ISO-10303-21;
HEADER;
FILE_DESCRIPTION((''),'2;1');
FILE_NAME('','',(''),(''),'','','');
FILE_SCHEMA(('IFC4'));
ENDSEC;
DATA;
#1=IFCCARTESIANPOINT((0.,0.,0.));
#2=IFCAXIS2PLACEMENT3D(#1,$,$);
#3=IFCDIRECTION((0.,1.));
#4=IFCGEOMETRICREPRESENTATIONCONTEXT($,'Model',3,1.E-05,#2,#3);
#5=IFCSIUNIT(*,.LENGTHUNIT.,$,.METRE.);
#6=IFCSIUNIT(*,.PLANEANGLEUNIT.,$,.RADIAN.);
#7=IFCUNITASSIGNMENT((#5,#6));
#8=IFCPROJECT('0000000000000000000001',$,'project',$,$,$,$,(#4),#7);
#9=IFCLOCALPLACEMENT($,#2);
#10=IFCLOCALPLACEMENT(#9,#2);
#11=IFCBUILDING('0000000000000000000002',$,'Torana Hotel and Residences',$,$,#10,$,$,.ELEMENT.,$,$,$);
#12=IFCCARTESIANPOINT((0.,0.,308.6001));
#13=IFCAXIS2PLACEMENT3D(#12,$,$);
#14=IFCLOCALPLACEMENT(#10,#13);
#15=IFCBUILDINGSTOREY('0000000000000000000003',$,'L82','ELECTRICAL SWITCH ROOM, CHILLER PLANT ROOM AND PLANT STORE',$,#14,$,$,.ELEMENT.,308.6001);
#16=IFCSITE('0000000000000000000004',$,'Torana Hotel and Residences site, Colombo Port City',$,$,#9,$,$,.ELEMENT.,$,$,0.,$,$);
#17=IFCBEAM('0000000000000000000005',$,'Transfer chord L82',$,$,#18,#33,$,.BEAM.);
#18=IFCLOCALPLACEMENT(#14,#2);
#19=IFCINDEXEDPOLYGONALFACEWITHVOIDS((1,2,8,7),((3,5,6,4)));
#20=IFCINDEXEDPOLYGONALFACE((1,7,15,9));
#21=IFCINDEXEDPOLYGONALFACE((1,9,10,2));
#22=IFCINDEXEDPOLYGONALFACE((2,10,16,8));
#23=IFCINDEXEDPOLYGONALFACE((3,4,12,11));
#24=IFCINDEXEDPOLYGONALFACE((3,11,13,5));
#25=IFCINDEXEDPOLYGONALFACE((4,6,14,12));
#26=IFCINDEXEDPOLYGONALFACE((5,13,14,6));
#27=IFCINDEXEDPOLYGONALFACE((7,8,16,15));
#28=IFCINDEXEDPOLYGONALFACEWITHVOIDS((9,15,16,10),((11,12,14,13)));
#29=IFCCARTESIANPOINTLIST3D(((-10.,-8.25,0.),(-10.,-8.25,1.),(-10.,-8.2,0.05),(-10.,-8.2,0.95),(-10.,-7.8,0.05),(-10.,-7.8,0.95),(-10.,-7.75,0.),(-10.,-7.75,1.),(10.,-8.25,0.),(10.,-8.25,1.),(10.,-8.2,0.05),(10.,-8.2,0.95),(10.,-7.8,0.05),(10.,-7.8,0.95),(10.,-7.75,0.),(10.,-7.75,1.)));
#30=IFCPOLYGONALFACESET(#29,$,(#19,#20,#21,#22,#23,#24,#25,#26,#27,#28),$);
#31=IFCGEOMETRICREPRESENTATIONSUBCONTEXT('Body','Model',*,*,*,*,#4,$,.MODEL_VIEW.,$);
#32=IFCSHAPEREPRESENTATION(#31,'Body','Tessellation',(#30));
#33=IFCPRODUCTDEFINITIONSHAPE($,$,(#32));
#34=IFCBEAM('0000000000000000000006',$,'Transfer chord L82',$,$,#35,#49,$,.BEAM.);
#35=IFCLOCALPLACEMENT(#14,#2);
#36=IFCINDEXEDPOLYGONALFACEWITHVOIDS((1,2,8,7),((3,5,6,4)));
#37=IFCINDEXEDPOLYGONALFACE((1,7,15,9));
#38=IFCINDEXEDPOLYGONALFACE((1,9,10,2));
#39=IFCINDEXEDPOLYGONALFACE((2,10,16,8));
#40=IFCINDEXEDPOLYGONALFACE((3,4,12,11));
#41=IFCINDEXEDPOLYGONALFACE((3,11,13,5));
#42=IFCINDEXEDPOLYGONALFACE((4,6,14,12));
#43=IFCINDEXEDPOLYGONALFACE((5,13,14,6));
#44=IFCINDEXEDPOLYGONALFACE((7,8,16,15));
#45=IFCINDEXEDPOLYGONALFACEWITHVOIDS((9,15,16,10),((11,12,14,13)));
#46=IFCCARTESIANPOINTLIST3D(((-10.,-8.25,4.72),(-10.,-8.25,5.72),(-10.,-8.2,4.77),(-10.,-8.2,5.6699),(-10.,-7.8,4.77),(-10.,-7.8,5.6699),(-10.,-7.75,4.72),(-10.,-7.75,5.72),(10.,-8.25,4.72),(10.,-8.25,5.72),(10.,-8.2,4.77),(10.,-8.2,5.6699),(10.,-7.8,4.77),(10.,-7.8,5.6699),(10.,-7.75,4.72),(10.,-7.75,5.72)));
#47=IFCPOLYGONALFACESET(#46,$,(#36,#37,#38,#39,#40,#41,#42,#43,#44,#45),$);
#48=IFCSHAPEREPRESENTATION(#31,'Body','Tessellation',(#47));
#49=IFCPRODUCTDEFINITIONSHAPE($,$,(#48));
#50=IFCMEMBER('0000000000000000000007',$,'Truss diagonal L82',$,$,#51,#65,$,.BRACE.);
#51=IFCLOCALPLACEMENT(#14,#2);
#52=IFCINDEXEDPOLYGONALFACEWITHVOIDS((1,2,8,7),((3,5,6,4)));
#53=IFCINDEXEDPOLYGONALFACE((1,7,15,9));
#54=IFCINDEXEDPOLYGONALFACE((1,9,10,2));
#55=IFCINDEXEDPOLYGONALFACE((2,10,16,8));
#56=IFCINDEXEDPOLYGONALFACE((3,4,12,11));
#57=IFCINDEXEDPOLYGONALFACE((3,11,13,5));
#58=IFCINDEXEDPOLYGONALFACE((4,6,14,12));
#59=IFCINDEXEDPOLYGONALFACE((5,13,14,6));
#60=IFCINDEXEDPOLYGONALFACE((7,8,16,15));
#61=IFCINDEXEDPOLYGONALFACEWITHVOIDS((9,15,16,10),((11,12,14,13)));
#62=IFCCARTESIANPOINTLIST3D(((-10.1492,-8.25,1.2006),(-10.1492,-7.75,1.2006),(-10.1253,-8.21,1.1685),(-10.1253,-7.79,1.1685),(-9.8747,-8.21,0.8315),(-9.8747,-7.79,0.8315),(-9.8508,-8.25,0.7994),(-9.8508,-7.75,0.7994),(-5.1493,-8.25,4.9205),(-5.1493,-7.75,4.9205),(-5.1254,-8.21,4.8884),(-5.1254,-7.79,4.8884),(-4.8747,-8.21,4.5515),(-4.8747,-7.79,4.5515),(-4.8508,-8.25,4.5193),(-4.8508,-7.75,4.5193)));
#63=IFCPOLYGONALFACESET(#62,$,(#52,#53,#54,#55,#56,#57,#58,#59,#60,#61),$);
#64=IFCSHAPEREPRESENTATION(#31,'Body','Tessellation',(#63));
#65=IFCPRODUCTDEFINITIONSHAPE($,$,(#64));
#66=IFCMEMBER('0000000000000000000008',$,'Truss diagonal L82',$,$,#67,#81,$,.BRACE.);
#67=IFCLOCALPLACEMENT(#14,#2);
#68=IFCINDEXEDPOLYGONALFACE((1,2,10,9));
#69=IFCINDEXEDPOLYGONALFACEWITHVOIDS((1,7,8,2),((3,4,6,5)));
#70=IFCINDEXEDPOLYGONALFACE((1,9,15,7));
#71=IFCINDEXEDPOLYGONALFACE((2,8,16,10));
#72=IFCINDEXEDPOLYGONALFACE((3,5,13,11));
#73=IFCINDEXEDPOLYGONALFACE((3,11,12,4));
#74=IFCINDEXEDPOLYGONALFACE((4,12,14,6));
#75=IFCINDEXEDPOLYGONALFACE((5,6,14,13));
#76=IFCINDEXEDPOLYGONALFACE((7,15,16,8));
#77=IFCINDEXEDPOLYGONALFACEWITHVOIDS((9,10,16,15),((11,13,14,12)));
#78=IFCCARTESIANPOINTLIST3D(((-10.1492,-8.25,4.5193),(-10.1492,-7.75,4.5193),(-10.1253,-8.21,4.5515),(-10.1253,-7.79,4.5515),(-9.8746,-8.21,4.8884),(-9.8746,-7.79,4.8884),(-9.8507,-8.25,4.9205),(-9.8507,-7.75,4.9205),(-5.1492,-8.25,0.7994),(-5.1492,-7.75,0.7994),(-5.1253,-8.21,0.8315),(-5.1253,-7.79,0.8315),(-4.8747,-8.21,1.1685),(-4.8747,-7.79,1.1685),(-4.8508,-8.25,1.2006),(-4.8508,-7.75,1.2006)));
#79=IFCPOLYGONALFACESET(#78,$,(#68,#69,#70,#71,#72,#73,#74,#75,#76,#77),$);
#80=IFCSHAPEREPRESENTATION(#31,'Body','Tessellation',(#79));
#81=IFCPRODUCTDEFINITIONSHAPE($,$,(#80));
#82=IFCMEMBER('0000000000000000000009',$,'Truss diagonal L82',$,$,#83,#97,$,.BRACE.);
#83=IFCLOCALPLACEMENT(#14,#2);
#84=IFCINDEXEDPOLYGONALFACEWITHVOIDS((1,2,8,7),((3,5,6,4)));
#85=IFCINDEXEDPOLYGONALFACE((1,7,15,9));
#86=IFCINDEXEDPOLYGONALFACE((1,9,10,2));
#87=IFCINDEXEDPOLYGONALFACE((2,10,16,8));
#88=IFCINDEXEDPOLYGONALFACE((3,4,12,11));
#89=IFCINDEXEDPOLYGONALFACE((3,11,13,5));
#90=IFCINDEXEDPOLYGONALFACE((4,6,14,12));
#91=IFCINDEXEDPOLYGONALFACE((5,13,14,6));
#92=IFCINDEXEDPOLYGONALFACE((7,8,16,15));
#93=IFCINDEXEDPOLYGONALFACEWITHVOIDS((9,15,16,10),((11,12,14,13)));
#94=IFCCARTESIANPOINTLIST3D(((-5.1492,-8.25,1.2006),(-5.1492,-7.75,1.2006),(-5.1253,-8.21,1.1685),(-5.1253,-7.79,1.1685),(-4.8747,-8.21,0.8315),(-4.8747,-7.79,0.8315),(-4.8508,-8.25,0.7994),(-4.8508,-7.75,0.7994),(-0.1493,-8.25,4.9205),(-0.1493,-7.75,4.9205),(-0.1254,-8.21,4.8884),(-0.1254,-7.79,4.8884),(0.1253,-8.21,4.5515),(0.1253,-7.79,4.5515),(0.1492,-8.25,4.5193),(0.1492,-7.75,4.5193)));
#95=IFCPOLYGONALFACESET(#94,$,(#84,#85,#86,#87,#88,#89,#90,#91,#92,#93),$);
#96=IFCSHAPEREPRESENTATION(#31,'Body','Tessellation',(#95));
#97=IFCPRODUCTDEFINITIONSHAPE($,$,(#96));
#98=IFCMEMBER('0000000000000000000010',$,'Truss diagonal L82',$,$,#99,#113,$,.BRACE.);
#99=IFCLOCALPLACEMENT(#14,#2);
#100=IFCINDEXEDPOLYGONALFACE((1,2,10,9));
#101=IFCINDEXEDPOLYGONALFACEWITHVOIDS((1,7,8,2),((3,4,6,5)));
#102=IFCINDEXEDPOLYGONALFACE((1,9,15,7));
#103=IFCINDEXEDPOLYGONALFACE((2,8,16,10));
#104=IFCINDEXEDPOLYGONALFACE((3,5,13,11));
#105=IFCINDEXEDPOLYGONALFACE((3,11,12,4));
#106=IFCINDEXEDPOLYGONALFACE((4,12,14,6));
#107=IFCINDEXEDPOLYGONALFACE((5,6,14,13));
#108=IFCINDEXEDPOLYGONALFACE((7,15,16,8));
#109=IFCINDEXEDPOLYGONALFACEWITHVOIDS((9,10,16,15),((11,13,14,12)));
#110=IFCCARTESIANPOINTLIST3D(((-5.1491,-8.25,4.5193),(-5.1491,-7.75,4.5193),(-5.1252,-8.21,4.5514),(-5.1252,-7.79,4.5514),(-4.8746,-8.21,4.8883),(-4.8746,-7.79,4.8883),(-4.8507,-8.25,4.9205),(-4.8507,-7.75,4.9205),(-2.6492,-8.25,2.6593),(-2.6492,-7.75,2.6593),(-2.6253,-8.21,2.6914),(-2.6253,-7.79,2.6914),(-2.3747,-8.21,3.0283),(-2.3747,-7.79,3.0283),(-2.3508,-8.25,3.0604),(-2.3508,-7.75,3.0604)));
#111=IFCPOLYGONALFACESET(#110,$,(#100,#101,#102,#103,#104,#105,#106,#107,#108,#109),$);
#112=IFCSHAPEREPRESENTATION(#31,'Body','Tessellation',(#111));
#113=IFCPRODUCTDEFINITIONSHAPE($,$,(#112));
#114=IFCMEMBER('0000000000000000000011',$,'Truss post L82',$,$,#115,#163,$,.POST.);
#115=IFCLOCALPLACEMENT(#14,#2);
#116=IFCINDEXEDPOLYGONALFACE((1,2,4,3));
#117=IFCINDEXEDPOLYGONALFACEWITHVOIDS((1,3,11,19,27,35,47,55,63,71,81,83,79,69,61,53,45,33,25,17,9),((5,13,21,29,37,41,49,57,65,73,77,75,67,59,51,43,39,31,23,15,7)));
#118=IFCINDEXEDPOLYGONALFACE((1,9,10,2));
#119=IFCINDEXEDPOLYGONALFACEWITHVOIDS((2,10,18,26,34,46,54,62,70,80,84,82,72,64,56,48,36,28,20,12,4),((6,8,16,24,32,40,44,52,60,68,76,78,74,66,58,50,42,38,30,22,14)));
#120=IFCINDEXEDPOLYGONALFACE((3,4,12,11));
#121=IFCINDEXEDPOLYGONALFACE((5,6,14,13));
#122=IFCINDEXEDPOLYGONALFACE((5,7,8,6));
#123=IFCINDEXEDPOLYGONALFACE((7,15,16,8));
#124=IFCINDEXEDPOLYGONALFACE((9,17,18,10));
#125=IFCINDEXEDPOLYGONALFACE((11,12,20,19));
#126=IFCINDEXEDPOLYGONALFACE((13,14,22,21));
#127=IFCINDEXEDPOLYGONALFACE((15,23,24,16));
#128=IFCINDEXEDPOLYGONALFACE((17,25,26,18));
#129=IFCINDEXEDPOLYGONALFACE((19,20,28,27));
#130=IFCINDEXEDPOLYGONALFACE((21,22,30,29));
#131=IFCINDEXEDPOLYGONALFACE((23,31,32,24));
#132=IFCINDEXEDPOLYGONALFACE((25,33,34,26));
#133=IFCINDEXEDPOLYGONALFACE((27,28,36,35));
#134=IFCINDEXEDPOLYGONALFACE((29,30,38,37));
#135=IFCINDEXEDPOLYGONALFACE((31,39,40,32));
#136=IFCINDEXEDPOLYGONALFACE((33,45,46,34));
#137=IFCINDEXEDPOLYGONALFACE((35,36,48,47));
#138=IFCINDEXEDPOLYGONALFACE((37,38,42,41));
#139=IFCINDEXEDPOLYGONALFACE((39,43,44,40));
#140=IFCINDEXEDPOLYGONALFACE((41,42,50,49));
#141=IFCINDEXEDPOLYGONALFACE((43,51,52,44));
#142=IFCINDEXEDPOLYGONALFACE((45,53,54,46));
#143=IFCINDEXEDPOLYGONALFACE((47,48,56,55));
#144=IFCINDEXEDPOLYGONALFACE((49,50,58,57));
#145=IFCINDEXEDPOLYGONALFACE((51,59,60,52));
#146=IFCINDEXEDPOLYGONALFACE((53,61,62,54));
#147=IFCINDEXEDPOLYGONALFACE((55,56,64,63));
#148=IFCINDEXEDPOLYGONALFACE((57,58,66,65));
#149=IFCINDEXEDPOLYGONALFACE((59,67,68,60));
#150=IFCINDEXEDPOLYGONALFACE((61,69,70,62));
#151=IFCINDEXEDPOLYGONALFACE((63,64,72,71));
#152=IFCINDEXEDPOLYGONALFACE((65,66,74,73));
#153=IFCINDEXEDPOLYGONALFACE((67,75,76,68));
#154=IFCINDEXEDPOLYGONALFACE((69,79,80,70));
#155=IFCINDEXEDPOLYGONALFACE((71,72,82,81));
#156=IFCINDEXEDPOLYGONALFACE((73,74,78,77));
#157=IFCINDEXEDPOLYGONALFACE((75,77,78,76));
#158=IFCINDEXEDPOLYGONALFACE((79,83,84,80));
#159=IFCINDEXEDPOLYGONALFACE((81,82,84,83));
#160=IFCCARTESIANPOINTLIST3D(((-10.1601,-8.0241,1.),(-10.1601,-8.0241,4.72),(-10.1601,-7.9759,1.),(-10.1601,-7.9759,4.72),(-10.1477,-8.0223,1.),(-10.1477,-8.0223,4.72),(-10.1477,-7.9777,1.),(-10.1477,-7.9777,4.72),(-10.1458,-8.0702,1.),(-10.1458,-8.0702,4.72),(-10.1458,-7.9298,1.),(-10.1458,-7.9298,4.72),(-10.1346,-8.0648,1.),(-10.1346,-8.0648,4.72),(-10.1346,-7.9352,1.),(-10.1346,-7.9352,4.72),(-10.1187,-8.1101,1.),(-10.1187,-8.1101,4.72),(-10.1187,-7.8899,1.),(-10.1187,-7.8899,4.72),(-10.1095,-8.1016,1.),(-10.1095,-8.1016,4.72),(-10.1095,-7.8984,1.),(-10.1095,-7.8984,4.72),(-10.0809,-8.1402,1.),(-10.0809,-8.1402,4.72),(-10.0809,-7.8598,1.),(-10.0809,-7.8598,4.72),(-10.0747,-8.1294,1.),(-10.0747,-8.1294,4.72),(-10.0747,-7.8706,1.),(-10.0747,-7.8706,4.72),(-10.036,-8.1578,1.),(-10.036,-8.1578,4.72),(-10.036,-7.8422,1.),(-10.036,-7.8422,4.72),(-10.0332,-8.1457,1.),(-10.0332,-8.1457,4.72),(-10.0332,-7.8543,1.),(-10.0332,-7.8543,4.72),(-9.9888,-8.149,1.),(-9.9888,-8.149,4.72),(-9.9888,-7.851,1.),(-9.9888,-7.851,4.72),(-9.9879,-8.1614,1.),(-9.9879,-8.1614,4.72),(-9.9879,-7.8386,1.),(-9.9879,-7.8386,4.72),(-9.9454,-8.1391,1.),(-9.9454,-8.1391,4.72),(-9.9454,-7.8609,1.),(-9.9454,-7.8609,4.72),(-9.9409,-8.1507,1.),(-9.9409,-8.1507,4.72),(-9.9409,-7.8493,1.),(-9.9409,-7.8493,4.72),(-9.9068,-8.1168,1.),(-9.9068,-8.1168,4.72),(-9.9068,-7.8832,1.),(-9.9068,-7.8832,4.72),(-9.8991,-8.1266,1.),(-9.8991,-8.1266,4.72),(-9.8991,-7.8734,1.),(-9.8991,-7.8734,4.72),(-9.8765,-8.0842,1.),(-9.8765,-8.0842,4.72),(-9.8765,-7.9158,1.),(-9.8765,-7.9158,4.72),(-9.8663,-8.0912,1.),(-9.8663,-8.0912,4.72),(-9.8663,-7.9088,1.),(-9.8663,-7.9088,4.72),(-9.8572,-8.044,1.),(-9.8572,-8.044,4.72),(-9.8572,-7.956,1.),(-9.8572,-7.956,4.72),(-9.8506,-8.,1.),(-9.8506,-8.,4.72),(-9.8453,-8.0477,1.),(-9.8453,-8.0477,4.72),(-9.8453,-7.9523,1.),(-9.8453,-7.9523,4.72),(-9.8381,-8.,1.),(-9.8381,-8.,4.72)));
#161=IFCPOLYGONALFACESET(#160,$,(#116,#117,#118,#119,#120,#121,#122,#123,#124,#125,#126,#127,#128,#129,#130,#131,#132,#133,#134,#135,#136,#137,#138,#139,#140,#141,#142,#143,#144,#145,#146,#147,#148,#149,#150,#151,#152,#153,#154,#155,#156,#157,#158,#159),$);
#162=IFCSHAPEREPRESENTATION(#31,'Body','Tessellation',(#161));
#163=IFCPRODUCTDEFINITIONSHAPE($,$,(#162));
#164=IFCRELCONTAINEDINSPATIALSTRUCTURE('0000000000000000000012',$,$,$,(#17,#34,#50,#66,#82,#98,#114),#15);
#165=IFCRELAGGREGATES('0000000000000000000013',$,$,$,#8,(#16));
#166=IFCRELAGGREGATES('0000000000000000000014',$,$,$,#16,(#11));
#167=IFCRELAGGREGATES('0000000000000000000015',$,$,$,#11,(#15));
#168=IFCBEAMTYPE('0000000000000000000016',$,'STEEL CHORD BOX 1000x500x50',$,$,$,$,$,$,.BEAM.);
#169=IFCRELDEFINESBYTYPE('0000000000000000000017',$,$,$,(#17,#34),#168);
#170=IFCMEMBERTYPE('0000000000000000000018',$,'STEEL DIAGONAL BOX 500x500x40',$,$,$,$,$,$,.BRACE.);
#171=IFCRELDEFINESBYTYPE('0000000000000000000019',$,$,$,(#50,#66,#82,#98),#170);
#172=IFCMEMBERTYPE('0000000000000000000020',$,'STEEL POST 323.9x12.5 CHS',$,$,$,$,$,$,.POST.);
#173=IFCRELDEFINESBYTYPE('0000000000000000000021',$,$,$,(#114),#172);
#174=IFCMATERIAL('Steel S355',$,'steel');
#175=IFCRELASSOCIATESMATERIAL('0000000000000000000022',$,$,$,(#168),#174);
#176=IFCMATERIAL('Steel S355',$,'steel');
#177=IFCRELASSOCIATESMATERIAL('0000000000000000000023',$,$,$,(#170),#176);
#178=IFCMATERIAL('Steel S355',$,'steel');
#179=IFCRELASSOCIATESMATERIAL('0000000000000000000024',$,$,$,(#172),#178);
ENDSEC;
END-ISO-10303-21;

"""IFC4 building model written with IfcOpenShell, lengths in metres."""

from ifc_helpers import new_model, si_unit, direction, frame, origin, origin_2d, place, context, subcontext, project, spatial, hollow_rectangle, hollow_circle, extrude, material, material_profile, profile_set, type_object, element, save


model = new_model("IFC4")

# Units and contexts
model_context = context("Model", 3, precision=1e-05, world=origin(), true_north=direction((0.0, 1.0)))
body_context = subcontext(model_context, "Body", "Model", "MODEL_VIEW")
ifc_project = project(units=[si_unit("LENGTHUNIT", "METRE"), si_unit("PLANEANGLEUNIT", "RADIAN")], contexts=[model_context])

# Site, building, storey
site_placement = place(None, origin())
site = spatial("IfcSite", under=ifc_project, at=site_placement, Name="Torana Hotel and Residences site, Colombo Port City", CompositionType="ELEMENT", RefElevation=0.0)
building_placement = place(site_placement, origin())
building = spatial("IfcBuilding", under=site, at=building_placement, Name="Torana Hotel and Residences", CompositionType="ELEMENT")
storey_placement = place(building_placement, frame((0.0, 0.0, 308.6001)))
storey = spatial("IfcBuildingStorey", under=building, at=storey_placement, Name="L82", Description="ELECTRICAL SWITCH ROOM, CHILLER PLANT ROOM AND PLANT STORE", CompositionType="ELEMENT", Elevation=308.6001)

# Beams
ifc_material_1 = material(Name="Steel S355", Category="steel")
ifc_material_profile_1 = material_profile(ifc_material_1, hollow_rectangle(XDim=0.5, YDim=1.0, WallThickness=0.05, at=origin_2d()), Name="BOX 1000x500x50")
ifc_profile_set_1 = profile_set([ifc_material_profile_1], Name="Steel S355")
beam_type = type_object("IfcBeamType", Name="STEEL CHORD BOX 1000x500x50", PredefinedType="BEAM", material=ifc_profile_set_1)
for number, where, z_axis, x_axis, name in (
    (1, (-10.0, -8.0, 0.5), (1.0, 0.0, 0.0), (0.0, 1.0, 0.0), "Transfer chord L82"),
    (2, (-10.0, -8.0, 5.22), (1.0, 0.0, 0.0), (0.0, 1.0, 0.0), "Transfer chord L82"),
):
    element("IfcBeam", number, at=place(storey_placement, frame(where, z_axis=z_axis, x_axis=x_axis)), inside=storey, type_object=beam_type, Name=name, PredefinedType="BEAM", context=body_context, shape_type="SweptSolid", body=[
        extrude(hollow_rectangle(XDim=0.5, YDim=1.0, WallThickness=0.05, at=origin_2d()), origin(), (0.0, 0.0, 1.0), 20.0),
    ])

# Members
ifc_material_2 = material(Name="Steel S355", Category="steel")
ifc_material_profile_2 = material_profile(ifc_material_2, hollow_rectangle(XDim=0.5, YDim=0.5, WallThickness=0.04, at=origin_2d()), Name="BOX 500x500x40")
ifc_profile_set_2 = profile_set([ifc_material_profile_2], Name="Steel S355")
member_type_1 = type_object("IfcMemberType", Name="STEEL DIAGONAL BOX 500x500x40", PredefinedType="BRACE", material=ifc_profile_set_2)
for number, where, z_axis, x_axis, name in (
    (3, (-10.0, -8.0, 1.0), (0.802307, 0.0, 0.596912), (0.0, 1.0, 0.0), "Truss diagonal L82"),
    (4, (-5.0, -8.0, 1.0), (-0.802307, 0.0, 0.596912), (0.0, -1.0, 0.0), "Truss diagonal L82"),
    (5, (-5.0, -8.0, 1.0), (0.802307, 0.0, 0.596912), (0.0, 1.0, 0.0), "Truss diagonal L82"),
):
    element("IfcMember", number, at=place(storey_placement, frame(where, z_axis=z_axis, x_axis=x_axis)), inside=storey, type_object=member_type_1, Name=name, PredefinedType="BRACE", context=body_context, shape_type="SweptSolid", body=[
        extrude(hollow_rectangle(XDim=0.5, YDim=0.5, WallThickness=0.04, at=origin_2d()), origin(), (0.0, 0.0, 1.0), 6.2319),
    ])
member_placement = place(storey_placement, frame((-2.5, -8.0, 2.8599), z_axis=(-0.802288, 0.0, 0.596937), x_axis=(0.0, -1.0, 0.0)))
element("IfcMember", 6, at=member_placement, inside=storey, type_object=member_type_1, Name="Truss diagonal L82", PredefinedType="BRACE", context=body_context, shape_type="SweptSolid", body=[
    extrude(hollow_rectangle(XDim=0.5, YDim=0.5, WallThickness=0.04, at=origin_2d()), origin(), (0.0, 0.0, 1.0), 3.116),
])
ifc_material_3 = material(Name="Steel S355", Category="steel")
ifc_material_profile_3 = material_profile(ifc_material_3, hollow_circle(Radius=0.1619, WallThickness=0.0125, at=origin_2d()), Name="323.9x12.5 CHS")
ifc_profile_set_3 = profile_set([ifc_material_profile_3], Name="Steel S355")
member_type_2 = type_object("IfcMemberType", Name="STEEL POST 323.9x12.5 CHS", PredefinedType="POST", material=ifc_profile_set_3)
for number, where, z_axis, x_axis, name in (
    (7, (-10.0, -8.0, 1.0), (0.0, 0.0, 1.0), (1.0, 0.0, 0.0), "Truss post L82"),
):
    element("IfcMember", number, at=place(storey_placement, frame(where, z_axis=z_axis, x_axis=x_axis)), inside=storey, type_object=member_type_2, Name=name, PredefinedType="POST", context=body_context, shape_type="SweptSolid", body=[
        extrude(hollow_circle(Radius=0.1619, WallThickness=0.0125, at=origin_2d()), origin(), (0.0, 0.0, 1.0), 3.72),
    ])

save(model, "model.ifc")
